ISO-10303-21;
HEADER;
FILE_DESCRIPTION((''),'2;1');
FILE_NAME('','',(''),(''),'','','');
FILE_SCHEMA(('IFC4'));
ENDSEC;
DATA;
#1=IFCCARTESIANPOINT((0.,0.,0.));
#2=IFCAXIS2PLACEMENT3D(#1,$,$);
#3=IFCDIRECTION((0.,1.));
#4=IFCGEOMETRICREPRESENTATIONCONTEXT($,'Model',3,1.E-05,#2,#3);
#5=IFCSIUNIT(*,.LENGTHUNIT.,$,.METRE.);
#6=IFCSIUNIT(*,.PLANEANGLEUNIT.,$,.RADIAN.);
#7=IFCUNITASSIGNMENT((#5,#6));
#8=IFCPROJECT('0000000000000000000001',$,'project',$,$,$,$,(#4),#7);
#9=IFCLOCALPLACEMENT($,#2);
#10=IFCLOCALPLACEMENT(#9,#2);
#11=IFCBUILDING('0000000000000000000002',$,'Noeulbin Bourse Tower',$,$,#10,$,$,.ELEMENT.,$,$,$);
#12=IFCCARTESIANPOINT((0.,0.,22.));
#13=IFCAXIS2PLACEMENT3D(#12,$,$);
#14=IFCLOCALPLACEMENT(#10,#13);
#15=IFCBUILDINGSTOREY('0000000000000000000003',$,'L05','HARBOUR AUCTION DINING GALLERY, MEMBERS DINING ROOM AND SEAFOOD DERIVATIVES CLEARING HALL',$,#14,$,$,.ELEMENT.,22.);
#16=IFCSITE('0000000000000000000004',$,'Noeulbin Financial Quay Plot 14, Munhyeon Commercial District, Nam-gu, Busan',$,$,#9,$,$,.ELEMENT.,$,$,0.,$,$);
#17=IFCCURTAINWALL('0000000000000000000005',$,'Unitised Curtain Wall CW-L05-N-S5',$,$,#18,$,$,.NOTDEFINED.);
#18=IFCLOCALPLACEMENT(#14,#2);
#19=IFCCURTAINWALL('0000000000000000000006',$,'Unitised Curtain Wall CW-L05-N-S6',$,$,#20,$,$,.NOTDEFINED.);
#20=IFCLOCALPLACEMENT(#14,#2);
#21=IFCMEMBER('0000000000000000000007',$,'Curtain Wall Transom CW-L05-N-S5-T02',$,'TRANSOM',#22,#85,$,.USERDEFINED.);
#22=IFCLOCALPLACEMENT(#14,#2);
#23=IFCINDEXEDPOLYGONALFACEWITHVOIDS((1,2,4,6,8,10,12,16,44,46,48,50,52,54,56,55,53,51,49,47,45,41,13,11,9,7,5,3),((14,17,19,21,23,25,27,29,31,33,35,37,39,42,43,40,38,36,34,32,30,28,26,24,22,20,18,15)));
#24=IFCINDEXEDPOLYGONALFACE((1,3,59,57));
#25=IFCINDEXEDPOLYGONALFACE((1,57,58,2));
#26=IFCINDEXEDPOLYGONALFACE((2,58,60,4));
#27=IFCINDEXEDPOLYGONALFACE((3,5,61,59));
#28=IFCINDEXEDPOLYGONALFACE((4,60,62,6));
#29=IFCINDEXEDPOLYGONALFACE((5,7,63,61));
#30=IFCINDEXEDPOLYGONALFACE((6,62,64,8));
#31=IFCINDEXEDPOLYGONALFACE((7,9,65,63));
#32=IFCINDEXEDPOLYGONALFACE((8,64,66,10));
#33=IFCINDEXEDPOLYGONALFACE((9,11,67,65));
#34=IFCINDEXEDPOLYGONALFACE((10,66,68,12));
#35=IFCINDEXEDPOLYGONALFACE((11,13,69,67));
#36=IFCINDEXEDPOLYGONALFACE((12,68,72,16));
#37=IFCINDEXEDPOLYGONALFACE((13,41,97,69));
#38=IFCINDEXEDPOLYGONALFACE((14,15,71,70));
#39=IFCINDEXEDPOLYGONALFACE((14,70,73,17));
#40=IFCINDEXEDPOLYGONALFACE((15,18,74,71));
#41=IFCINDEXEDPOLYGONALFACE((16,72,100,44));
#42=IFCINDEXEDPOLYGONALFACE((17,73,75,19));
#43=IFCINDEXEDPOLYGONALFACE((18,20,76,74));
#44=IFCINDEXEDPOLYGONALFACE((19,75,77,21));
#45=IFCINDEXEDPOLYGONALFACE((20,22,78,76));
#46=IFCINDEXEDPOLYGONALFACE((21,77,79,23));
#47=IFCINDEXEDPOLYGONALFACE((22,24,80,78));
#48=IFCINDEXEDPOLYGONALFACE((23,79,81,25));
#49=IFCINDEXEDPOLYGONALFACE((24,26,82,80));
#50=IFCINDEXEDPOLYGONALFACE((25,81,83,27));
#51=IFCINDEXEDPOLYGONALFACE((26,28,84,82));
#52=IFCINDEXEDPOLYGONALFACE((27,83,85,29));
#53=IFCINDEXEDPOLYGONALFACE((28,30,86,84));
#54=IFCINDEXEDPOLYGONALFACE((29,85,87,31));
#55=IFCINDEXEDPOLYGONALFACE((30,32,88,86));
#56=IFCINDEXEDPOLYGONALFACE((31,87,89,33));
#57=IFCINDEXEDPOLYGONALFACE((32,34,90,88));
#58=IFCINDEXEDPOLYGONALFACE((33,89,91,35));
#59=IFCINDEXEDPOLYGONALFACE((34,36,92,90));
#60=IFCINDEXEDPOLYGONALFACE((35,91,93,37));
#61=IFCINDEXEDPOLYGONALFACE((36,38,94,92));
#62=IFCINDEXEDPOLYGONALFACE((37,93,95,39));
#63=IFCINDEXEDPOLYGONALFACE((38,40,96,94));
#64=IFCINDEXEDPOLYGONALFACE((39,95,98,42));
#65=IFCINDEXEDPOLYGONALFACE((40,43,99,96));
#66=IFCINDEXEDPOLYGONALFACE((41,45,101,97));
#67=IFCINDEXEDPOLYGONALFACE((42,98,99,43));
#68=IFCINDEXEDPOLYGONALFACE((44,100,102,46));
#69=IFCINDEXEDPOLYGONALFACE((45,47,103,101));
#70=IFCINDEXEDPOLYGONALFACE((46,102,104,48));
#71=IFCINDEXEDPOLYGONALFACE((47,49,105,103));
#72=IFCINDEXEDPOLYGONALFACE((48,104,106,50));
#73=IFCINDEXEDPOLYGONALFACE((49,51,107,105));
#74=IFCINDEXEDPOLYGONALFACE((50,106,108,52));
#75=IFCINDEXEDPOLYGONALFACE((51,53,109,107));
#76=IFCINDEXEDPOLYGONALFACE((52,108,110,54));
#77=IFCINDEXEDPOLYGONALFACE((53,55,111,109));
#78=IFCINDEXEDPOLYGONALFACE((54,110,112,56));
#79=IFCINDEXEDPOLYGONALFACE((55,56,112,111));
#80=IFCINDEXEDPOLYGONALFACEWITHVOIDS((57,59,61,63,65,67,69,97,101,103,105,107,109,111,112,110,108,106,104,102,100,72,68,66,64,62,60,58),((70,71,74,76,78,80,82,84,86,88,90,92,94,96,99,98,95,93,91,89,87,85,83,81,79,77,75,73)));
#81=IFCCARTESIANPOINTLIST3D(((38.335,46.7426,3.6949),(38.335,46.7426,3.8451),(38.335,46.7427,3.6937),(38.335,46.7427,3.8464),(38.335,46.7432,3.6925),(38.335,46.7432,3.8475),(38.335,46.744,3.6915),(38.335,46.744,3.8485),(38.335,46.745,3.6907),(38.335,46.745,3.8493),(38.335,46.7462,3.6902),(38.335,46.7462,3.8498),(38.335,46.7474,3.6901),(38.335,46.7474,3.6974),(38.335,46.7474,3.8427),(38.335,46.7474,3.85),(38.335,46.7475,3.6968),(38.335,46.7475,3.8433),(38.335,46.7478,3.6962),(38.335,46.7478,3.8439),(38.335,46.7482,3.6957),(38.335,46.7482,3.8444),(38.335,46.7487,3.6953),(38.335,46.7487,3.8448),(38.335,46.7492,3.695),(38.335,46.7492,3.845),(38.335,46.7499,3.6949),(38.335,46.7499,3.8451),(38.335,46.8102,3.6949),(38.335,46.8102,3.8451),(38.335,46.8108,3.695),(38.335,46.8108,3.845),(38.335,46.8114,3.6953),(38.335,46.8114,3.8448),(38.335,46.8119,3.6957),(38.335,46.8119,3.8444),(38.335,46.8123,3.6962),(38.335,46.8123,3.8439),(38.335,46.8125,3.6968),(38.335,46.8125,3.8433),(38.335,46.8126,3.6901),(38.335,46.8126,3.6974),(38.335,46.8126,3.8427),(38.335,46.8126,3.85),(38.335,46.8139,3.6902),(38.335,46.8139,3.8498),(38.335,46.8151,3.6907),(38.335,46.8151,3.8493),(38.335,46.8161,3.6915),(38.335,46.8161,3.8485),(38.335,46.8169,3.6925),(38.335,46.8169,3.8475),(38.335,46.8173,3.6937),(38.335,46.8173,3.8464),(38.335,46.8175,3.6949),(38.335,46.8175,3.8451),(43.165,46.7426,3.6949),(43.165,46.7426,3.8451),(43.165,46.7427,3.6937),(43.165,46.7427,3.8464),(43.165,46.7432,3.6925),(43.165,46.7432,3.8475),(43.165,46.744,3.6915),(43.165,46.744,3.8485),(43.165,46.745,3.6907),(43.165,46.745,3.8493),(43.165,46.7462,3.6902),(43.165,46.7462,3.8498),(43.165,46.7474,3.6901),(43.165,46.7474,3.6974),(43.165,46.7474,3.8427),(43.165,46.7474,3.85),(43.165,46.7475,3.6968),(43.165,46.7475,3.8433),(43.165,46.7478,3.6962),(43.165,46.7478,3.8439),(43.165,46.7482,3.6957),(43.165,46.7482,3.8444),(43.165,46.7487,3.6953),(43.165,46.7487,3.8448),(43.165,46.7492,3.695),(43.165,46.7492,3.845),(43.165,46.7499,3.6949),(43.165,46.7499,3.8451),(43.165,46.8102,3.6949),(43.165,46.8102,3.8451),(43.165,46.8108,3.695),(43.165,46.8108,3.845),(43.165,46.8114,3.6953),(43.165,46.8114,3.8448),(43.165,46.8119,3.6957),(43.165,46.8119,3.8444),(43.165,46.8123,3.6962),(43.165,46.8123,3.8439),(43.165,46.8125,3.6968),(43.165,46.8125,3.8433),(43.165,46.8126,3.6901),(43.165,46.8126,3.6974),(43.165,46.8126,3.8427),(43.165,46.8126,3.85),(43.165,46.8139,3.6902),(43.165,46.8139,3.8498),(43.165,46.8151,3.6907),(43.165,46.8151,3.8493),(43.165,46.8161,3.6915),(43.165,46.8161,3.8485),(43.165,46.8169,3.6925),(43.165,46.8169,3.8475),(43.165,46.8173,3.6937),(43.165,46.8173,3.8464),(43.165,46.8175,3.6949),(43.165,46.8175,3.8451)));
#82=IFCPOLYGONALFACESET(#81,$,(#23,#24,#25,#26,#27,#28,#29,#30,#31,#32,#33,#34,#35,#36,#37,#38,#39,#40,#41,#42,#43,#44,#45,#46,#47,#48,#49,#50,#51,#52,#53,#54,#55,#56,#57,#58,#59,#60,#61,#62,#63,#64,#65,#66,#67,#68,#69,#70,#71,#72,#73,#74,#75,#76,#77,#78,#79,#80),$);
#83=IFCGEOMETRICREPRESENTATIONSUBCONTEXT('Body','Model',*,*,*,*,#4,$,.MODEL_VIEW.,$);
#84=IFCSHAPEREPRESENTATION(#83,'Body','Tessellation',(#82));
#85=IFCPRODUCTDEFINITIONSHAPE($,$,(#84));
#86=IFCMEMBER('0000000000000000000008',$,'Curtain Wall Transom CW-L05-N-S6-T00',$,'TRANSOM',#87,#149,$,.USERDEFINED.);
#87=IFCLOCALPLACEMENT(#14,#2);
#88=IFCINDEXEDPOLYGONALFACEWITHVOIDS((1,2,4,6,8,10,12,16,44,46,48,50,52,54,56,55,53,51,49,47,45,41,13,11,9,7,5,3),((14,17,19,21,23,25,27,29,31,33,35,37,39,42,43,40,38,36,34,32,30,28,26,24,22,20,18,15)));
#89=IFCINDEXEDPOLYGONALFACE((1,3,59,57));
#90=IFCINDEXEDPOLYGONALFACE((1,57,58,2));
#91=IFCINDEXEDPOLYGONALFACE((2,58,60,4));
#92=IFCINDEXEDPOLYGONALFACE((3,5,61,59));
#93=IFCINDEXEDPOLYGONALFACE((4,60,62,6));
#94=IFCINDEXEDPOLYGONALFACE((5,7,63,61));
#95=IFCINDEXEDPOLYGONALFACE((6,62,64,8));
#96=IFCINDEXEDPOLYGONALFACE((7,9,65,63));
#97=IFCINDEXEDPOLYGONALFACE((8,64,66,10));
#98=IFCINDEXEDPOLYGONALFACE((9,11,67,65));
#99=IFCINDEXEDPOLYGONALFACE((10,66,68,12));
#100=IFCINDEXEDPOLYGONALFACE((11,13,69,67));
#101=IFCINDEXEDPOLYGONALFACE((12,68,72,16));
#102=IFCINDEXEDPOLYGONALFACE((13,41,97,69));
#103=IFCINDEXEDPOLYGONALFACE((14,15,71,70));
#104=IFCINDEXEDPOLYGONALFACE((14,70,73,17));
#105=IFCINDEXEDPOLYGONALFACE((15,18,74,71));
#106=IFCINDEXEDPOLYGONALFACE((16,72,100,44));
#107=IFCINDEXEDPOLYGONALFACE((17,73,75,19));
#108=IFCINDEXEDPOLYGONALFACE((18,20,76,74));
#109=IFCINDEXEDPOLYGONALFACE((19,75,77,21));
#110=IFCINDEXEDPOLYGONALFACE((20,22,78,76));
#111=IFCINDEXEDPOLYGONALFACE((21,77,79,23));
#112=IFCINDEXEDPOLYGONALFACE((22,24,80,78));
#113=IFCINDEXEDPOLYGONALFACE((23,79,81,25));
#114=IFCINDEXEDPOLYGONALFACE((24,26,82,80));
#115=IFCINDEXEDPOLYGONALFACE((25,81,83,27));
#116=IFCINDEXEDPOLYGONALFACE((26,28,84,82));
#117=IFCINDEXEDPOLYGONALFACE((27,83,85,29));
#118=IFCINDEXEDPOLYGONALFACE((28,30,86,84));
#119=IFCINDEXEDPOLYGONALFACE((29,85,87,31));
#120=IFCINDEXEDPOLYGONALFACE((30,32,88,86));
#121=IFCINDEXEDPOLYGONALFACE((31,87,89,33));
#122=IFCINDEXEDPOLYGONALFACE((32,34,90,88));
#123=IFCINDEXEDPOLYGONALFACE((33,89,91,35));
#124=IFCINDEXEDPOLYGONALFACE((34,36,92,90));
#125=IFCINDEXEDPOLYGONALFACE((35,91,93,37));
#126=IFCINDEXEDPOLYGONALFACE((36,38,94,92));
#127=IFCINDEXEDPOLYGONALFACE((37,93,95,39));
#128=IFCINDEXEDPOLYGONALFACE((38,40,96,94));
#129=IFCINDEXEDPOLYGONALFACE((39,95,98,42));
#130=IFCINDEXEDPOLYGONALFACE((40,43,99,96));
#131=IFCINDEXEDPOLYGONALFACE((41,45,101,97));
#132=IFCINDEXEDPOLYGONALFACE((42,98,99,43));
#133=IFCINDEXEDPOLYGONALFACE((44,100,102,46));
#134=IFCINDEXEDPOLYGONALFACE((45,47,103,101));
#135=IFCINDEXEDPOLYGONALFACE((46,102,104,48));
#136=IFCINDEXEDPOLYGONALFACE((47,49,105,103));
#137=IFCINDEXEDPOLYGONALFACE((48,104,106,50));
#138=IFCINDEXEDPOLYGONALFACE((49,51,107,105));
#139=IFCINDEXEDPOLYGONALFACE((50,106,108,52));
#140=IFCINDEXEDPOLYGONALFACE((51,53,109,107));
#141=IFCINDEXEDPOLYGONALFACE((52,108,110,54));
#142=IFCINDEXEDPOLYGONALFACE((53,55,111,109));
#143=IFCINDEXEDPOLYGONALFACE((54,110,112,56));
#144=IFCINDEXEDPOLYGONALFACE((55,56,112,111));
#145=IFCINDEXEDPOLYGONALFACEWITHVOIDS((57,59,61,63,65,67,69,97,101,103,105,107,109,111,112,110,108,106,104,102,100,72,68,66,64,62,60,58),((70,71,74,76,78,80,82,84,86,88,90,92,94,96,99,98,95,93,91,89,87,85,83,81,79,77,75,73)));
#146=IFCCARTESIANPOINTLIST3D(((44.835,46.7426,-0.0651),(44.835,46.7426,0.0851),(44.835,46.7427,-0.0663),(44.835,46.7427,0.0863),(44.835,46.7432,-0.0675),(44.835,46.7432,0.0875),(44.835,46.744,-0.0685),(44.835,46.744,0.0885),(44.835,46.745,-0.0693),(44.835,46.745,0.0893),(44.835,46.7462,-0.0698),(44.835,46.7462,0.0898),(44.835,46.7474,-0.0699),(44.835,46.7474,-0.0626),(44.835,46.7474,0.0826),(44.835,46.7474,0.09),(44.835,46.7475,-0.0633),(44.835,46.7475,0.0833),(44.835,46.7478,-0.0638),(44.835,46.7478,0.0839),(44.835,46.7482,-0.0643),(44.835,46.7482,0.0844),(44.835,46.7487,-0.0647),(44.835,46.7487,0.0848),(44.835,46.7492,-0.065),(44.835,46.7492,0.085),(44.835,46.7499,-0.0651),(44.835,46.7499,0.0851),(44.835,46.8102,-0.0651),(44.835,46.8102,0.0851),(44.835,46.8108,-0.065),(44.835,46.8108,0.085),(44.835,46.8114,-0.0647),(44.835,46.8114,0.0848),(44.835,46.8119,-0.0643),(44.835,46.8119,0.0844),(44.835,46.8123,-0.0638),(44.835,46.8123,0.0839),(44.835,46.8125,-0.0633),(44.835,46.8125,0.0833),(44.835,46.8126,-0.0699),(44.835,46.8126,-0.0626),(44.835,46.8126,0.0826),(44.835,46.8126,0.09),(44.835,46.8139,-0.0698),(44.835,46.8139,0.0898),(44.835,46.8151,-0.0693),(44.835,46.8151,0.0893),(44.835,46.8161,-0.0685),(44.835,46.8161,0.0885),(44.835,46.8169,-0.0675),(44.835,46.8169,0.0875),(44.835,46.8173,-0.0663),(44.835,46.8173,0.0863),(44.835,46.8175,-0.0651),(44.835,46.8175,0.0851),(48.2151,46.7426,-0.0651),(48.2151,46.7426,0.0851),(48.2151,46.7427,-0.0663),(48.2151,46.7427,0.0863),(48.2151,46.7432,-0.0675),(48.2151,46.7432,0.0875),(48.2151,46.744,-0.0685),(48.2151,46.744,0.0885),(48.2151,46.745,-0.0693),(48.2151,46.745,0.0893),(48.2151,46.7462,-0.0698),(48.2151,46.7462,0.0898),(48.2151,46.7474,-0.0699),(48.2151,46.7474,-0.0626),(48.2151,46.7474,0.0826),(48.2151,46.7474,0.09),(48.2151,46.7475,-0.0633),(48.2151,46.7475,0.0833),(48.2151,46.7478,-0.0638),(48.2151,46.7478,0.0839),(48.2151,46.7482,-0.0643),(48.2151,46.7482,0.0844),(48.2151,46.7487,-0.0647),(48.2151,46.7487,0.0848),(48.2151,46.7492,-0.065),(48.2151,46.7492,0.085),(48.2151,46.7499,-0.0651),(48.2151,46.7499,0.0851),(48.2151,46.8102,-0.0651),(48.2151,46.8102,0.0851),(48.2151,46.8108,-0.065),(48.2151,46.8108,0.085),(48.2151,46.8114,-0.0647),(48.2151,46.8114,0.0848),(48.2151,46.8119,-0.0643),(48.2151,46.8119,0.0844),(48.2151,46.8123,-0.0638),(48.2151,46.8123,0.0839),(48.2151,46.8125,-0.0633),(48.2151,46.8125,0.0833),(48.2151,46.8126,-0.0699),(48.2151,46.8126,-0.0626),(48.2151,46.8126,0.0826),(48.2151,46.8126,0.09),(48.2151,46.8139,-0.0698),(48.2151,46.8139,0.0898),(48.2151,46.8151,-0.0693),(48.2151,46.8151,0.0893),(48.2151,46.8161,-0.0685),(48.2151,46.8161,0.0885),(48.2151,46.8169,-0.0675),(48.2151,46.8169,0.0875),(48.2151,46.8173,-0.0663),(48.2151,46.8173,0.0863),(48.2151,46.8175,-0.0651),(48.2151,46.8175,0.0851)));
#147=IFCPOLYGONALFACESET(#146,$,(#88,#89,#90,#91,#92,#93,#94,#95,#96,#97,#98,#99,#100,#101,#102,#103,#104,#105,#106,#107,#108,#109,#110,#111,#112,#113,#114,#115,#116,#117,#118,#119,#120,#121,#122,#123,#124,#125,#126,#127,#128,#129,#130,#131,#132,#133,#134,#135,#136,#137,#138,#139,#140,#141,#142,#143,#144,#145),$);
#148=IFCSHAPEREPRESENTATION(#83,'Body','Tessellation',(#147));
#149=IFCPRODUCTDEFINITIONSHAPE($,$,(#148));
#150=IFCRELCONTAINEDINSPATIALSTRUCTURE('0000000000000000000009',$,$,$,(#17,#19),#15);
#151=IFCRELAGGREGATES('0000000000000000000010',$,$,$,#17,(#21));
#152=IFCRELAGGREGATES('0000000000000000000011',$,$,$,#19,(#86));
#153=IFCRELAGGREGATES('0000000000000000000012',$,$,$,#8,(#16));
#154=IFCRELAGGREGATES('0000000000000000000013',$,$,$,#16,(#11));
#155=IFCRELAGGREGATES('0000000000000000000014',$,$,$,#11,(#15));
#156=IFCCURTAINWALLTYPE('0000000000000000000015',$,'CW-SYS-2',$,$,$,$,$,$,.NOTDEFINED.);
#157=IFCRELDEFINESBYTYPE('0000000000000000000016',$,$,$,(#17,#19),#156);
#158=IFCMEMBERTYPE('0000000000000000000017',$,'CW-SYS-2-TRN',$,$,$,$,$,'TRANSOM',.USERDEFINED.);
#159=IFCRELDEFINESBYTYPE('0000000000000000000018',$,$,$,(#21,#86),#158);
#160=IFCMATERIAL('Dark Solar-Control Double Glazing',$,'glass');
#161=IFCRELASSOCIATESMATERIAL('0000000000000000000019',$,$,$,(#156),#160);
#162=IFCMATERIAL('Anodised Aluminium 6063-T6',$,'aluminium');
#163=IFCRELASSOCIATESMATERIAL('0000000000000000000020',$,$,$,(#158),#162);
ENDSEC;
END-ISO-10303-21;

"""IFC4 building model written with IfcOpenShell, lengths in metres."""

from ifc_helpers import new_model, si_unit, direction, frame, origin, origin_2d, place, context, subcontext, project, spatial, hollow_rectangle, extrude, material, material_profile, profile_set, type_object, element, aggregate, save


model = new_model("IFC4")

# Units and contexts
model_context = context("Model", 3, precision=1e-05, world=origin(), true_north=direction((0.0, 1.0)))
body_context = subcontext(model_context, "Body", "Model", "MODEL_VIEW")
ifc_project = project(units=[si_unit("LENGTHUNIT", "METRE"), si_unit("PLANEANGLEUNIT", "RADIAN")], contexts=[model_context])

# Site, building, storey
site_placement = place(None, origin())
site = spatial("IfcSite", under=ifc_project, at=site_placement, Name="Noeulbin Financial Quay Plot 14, Munhyeon Commercial District, Nam-gu, Busan", CompositionType="ELEMENT", RefElevation=0.0)
building_placement = place(site_placement, origin())
building = spatial("IfcBuilding", under=site, at=building_placement, Name="Noeulbin Bourse Tower", CompositionType="ELEMENT")
storey_placement = place(building_placement, frame((0.0, 0.0, 22.0)))
storey = spatial("IfcBuildingStorey", under=building, at=storey_placement, Name="L05", Description="HARBOUR AUCTION DINING GALLERY, MEMBERS DINING ROOM AND SEAFOOD DERIVATIVES CLEARING HALL", CompositionType="ELEMENT", Elevation=22.0)

# Shared definitions
ifc_material_1 = material(Name="Dark Solar-Control Double Glazing", Category="glass")
curtain_wall_type = type_object("IfcCurtainWallType", Name="CW-SYS-2", PredefinedType="NOTDEFINED", material=ifc_material_1)
ifc_material_2 = material(Name="Anodised Aluminium 6063-T6", Category="aluminium")

# Curtain wall
curtain_wall_1_placement = place(storey_placement, origin())
curtain_wall_1 = element("IfcCurtainWall", 1, at=curtain_wall_1_placement, inside=storey, type_object=curtain_wall_type, Name="Unitised Curtain Wall CW-L05-N-S5", PredefinedType="NOTDEFINED")

# Curtain wall
curtain_wall_2_placement = place(storey_placement, origin())
curtain_wall_2 = element("IfcCurtainWall", 2, at=curtain_wall_2_placement, inside=storey, type_object=curtain_wall_type, Name="Unitised Curtain Wall CW-L05-N-S6", PredefinedType="NOTDEFINED")

# Members
ifc_material_profile_1 = material_profile(ifc_material_2, hollow_rectangle(XDim=0.075, YDim=0.1599, WallThickness=0.0049, InnerFilletRadius=0.0024, OuterFilletRadius=0.0049, at=origin_2d()), Name="ALU-TRAN-75x160x5", Category="LoadBearing")
ifc_profile_set_1 = profile_set([ifc_material_profile_1], Name="Anodised Aluminium 6063-T6")
member_type_1 = type_object("IfcMemberType", Name="CW-SYS-2-TRN", ElementType="TRANSOM", PredefinedType="USERDEFINED", material=ifc_profile_set_1)
member_1_placement = place(storey_placement, frame((38.335, 46.78, 3.77), z_axis=(1.0, 0.0, 0.0), x_axis=(0.0, 1.0, 0.0)))
member_1 = element("IfcMember", 3, at=member_1_placement, type_object=member_type_1, Name="Curtain Wall Transom CW-L05-N-S5-T02", ObjectType="TRANSOM", PredefinedType="USERDEFINED", context=body_context, shape_type="SweptSolid", body=[
    extrude(hollow_rectangle(XDim=0.075, YDim=0.1599, WallThickness=0.0049, InnerFilletRadius=0.0024, OuterFilletRadius=0.0049, at=origin_2d()), origin(), (0.0, 0.0, 1.0), 4.8301),
])
member_2_placement = place(storey_placement, frame((44.835, 46.78, 0.01), z_axis=(1.0, 0.0, 0.0), x_axis=(0.0, 1.0, 0.0)))
member_2 = element("IfcMember", 4, at=member_2_placement, type_object=member_type_1, Name="Curtain Wall Transom CW-L05-N-S6-T00", ObjectType="TRANSOM", PredefinedType="USERDEFINED", context=body_context, shape_type="SweptSolid", body=[
    extrude(hollow_rectangle(XDim=0.075, YDim=0.1599, WallThickness=0.0049, InnerFilletRadius=0.0024, OuterFilletRadius=0.0049, at=origin_2d()), origin(), (0.0, 0.0, 1.0), 3.3801),
])

aggregate(curtain_wall_1, [member_1])
aggregate(curtain_wall_2, [member_2])

save(model, "model.ifc")
